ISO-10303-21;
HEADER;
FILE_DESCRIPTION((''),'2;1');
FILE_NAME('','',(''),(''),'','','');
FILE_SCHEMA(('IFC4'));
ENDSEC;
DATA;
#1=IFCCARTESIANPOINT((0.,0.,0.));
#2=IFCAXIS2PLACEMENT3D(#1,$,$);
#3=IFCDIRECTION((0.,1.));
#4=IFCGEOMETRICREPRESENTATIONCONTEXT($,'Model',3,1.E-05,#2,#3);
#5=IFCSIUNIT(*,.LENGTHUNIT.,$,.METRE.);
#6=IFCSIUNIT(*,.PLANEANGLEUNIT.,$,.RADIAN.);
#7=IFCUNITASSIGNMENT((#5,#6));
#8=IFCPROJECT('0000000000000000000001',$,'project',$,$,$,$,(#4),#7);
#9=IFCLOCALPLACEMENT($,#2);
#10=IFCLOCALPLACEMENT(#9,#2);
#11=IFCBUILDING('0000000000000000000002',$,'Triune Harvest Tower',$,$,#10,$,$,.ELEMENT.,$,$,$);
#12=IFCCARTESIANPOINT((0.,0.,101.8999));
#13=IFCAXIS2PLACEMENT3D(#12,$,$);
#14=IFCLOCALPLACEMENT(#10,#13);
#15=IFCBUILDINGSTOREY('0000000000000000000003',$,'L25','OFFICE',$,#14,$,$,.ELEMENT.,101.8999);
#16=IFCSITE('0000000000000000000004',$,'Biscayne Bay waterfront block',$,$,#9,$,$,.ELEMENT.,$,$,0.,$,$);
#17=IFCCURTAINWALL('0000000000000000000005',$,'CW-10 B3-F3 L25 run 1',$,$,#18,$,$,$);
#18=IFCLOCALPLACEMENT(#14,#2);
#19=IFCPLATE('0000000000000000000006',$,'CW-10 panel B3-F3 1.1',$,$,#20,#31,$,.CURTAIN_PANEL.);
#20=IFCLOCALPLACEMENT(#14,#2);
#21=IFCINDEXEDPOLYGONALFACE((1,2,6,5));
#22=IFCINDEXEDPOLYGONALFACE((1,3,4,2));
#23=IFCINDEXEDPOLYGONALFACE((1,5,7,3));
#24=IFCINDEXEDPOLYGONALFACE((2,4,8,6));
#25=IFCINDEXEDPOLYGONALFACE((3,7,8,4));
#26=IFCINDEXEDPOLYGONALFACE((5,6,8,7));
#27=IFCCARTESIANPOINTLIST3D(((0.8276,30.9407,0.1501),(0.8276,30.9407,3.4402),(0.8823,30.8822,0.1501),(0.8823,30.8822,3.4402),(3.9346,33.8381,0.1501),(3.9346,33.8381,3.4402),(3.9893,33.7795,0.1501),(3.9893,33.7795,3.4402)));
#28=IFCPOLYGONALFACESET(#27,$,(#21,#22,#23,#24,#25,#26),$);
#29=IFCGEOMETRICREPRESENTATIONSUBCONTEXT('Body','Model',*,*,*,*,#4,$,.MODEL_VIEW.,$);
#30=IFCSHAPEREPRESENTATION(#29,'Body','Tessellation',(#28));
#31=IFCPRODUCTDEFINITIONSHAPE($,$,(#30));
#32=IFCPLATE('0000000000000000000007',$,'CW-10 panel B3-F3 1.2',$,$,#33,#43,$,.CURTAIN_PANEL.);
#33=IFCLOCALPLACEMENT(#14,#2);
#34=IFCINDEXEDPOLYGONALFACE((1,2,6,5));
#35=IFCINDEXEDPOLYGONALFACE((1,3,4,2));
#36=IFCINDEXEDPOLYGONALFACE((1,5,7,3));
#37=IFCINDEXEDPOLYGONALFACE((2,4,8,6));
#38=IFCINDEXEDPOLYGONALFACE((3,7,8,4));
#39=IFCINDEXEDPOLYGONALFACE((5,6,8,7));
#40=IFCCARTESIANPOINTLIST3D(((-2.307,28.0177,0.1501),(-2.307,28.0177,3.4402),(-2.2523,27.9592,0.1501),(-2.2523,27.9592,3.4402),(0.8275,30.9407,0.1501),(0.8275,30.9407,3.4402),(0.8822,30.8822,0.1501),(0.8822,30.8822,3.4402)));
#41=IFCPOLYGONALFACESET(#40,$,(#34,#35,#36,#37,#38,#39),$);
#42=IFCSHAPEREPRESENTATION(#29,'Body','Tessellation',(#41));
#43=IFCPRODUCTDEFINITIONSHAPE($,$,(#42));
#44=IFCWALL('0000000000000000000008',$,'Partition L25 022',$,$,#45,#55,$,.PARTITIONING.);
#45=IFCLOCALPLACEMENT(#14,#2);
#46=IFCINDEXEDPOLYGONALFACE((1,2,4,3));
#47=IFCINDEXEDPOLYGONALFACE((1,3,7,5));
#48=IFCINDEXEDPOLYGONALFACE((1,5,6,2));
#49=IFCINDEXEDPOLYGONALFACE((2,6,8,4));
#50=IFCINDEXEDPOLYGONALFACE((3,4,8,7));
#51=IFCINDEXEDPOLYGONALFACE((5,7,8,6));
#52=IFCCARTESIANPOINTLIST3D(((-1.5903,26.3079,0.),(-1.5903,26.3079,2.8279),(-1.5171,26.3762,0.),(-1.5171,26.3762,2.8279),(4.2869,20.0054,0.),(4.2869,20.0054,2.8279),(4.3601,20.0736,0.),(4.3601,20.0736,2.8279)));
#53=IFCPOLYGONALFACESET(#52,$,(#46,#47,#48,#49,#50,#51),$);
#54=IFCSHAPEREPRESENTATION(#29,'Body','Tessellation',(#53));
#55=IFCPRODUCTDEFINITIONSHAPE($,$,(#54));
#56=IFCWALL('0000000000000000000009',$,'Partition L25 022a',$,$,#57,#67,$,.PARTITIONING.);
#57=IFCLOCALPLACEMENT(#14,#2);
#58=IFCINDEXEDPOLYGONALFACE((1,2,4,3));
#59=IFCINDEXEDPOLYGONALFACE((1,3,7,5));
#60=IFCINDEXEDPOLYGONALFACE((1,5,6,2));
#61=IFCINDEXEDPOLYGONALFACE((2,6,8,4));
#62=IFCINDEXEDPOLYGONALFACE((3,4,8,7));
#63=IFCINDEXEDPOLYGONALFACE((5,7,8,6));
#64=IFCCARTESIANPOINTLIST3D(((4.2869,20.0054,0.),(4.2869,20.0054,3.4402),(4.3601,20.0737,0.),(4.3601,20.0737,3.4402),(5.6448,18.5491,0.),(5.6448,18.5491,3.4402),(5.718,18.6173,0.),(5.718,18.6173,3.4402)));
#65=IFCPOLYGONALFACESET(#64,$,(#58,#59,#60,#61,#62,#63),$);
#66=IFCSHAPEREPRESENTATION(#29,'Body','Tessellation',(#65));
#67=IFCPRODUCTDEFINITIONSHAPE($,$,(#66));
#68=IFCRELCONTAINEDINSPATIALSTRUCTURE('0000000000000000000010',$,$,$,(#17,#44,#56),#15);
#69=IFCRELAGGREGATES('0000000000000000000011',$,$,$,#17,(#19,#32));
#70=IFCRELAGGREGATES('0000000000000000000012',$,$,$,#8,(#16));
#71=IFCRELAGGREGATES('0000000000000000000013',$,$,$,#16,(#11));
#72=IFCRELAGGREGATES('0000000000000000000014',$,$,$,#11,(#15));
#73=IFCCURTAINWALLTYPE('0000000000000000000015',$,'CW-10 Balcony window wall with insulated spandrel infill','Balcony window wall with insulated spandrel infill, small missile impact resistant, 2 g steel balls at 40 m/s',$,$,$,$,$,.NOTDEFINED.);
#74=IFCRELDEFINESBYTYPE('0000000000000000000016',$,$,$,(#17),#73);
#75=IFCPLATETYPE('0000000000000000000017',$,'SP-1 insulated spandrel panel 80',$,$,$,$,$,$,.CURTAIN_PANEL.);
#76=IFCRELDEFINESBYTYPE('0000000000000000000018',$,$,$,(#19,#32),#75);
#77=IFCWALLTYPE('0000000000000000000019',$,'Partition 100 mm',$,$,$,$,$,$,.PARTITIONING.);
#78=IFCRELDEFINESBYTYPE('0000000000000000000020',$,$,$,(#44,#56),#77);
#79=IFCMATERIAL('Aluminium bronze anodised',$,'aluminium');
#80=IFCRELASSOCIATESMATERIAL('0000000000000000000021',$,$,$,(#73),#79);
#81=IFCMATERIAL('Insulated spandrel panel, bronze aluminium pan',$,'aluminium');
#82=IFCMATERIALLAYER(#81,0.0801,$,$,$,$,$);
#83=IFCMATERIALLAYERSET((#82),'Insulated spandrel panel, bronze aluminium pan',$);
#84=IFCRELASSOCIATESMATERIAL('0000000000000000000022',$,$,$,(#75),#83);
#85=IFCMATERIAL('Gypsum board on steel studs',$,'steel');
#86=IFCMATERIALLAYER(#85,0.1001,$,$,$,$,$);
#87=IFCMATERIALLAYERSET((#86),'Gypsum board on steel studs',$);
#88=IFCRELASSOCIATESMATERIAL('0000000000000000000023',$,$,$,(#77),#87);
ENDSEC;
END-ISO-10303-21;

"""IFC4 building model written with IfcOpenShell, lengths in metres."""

from ifc_helpers import new_model, si_unit, direction, frame, frame_2d, origin, origin_2d, place, context, subcontext, project, spatial, rectangle, extrude, source, transform, mapped, material, layer, layer_set, type_object, element, aggregate, save


model = new_model("IFC4")

# Units and contexts
model_context = context("Model", 3, precision=1e-05, world=origin(), true_north=direction((0.0, 1.0)))
body_context = subcontext(model_context, "Body", "Model", "MODEL_VIEW")
ifc_project = project(units=[si_unit("LENGTHUNIT", "METRE"), si_unit("PLANEANGLEUNIT", "RADIAN")], contexts=[model_context])

# Site, building, storey
site_placement = place(None, origin())
site = spatial("IfcSite", under=ifc_project, at=site_placement, Name="Biscayne Bay waterfront block", CompositionType="ELEMENT", RefElevation=0.0)
building_placement = place(site_placement, origin())
building = spatial("IfcBuilding", under=site, at=building_placement, Name="Triune Harvest Tower", CompositionType="ELEMENT")
storey_placement = place(building_placement, frame((0.0, 0.0, 101.8999)))
storey = spatial("IfcBuildingStorey", under=building, at=storey_placement, Name="L25", Description="OFFICE", CompositionType="ELEMENT", Elevation=101.8999)

# Curtain wall
ifc_material_1 = material(Name="Aluminium bronze anodised", Category="aluminium")
curtain_wall_type_1 = type_object("IfcCurtainWallType", Name="CW-10 Balcony window wall with insulated spandrel infill", Description="Balcony window wall with insulated spandrel infill, small missile impact resistant, 2 g steel balls at 40 m/s", PredefinedType="NOTDEFINED", material=ifc_material_1)
curtain_wall_1_placement = place(storey_placement, origin())
curtain_wall_1 = element("IfcCurtainWall", 1, at=curtain_wall_1_placement, inside=storey, type_object=curtain_wall_type_1, Name="CW-10 B3-F3 L25 run 1")

# Plates
ifc_material_2 = material(Name="Insulated spandrel panel, bronze aluminium pan", Category="aluminium")
ifc_layer_1 = layer(ifc_material_2, 0.0801)
ifc_layer_set_1 = layer_set([ifc_layer_1], Name="Insulated spandrel panel, bronze aluminium pan")
plate_type_1 = type_object("IfcPlateType", Name="SP-1 insulated spandrel panel 80", PredefinedType="CURTAIN_PANEL", material=ifc_layer_set_1)
shared_shape_1 = source(origin(), body_context, "Body", "SweptSolid", [
    extrude(rectangle(XDim=4.2483, YDim=0.0801, at=origin_2d()), origin(), (0.0, 0.0, 1.0), 3.29),
])
plate_1_placement = place(storey_placement, frame((2.4084, 32.3601, 0.1501), z_axis=(0.0, 0.0, 1.0), x_axis=(-0.731353, -0.681999, 0.0)))
plate_1 = element("IfcPlate", 2, at=plate_1_placement, type_object=plate_type_1, Name="CW-10 panel B3-F3 1.1", PredefinedType="CURTAIN_PANEL", context=body_context, shape_type="MappedRepresentation", body=[
    mapped(shared_shape_1, transform((0.0, 0.0, 0.0), scale=1.0)),
])
shared_shape_2 = source(origin(), body_context, "Body", "SweptSolid", [
    extrude(rectangle(XDim=4.2859, YDim=0.0801, at=origin_2d()), origin(), (0.0, 0.0, 1.0), 3.29),
])
plate_2_placement = place(storey_placement, frame((-0.7124, 29.45, 0.1501), z_axis=(0.0, 0.0, 1.0), x_axis=(-0.731353, -0.681999, 0.0)))
plate_2 = element("IfcPlate", 3, at=plate_2_placement, type_object=plate_type_1, Name="CW-10 panel B3-F3 1.2", PredefinedType="CURTAIN_PANEL", context=body_context, shape_type="MappedRepresentation", body=[
    mapped(shared_shape_2, transform((0.0, 0.0, 0.0), scale=1.0)),
])
aggregate(curtain_wall_1, [plate_1, plate_2])

# Walls
ifc_material_3 = material(Name="Gypsum board on steel studs", Category="steel")
ifc_layer_2 = layer(ifc_material_3, 0.1001)
ifc_layer_set_2 = layer_set([ifc_layer_2], Name="Gypsum board on steel studs")
wall_type = type_object("IfcWallType", Name="Partition 100 mm", PredefinedType="PARTITIONING", material=ifc_layer_set_2)
shared_shape_3 = source(origin(), body_context, "Body", "SweptSolid", [
    extrude(rectangle(XDim=8.6177, YDim=0.1001, at=frame_2d((4.3088, 0.0))), origin(), (0.0, 0.0, 1.0), 2.8279),
])
wall_1_placement = place(storey_placement, frame((-1.5537, 26.342, 0.0), z_axis=(0.0, 0.0, 1.0), x_axis=(0.682, -0.731352, 0.0)))
element("IfcWall", 4, at=wall_1_placement, inside=storey, type_object=wall_type, Name="Partition L25 022", PredefinedType="PARTITIONING", context=body_context, shape_type="MappedRepresentation", body=[
    mapped(shared_shape_3, transform((0.0, 0.0, 0.0), scale=1.0)),
])
shared_shape_4 = source(origin(), body_context, "Body", "SweptSolid", [
    extrude(rectangle(XDim=1.9912, YDim=0.1001, at=frame_2d((0.9956, 0.0))), origin(), (0.0, 0.0, 1.0), 3.4402),
])
wall_2_placement = place(storey_placement, frame((4.3235, 20.0396, 0.0), z_axis=(0.0, 0.0, 1.0), x_axis=(0.681969, -0.731381, 0.0)))
element("IfcWall", 5, at=wall_2_placement, inside=storey, type_object=wall_type, Name="Partition L25 022a", PredefinedType="PARTITIONING", context=body_context, shape_type="MappedRepresentation", body=[
    mapped(shared_shape_4, transform((0.0, 0.0, 0.0), scale=1.0)),
])

save(model, "model.ifc")
